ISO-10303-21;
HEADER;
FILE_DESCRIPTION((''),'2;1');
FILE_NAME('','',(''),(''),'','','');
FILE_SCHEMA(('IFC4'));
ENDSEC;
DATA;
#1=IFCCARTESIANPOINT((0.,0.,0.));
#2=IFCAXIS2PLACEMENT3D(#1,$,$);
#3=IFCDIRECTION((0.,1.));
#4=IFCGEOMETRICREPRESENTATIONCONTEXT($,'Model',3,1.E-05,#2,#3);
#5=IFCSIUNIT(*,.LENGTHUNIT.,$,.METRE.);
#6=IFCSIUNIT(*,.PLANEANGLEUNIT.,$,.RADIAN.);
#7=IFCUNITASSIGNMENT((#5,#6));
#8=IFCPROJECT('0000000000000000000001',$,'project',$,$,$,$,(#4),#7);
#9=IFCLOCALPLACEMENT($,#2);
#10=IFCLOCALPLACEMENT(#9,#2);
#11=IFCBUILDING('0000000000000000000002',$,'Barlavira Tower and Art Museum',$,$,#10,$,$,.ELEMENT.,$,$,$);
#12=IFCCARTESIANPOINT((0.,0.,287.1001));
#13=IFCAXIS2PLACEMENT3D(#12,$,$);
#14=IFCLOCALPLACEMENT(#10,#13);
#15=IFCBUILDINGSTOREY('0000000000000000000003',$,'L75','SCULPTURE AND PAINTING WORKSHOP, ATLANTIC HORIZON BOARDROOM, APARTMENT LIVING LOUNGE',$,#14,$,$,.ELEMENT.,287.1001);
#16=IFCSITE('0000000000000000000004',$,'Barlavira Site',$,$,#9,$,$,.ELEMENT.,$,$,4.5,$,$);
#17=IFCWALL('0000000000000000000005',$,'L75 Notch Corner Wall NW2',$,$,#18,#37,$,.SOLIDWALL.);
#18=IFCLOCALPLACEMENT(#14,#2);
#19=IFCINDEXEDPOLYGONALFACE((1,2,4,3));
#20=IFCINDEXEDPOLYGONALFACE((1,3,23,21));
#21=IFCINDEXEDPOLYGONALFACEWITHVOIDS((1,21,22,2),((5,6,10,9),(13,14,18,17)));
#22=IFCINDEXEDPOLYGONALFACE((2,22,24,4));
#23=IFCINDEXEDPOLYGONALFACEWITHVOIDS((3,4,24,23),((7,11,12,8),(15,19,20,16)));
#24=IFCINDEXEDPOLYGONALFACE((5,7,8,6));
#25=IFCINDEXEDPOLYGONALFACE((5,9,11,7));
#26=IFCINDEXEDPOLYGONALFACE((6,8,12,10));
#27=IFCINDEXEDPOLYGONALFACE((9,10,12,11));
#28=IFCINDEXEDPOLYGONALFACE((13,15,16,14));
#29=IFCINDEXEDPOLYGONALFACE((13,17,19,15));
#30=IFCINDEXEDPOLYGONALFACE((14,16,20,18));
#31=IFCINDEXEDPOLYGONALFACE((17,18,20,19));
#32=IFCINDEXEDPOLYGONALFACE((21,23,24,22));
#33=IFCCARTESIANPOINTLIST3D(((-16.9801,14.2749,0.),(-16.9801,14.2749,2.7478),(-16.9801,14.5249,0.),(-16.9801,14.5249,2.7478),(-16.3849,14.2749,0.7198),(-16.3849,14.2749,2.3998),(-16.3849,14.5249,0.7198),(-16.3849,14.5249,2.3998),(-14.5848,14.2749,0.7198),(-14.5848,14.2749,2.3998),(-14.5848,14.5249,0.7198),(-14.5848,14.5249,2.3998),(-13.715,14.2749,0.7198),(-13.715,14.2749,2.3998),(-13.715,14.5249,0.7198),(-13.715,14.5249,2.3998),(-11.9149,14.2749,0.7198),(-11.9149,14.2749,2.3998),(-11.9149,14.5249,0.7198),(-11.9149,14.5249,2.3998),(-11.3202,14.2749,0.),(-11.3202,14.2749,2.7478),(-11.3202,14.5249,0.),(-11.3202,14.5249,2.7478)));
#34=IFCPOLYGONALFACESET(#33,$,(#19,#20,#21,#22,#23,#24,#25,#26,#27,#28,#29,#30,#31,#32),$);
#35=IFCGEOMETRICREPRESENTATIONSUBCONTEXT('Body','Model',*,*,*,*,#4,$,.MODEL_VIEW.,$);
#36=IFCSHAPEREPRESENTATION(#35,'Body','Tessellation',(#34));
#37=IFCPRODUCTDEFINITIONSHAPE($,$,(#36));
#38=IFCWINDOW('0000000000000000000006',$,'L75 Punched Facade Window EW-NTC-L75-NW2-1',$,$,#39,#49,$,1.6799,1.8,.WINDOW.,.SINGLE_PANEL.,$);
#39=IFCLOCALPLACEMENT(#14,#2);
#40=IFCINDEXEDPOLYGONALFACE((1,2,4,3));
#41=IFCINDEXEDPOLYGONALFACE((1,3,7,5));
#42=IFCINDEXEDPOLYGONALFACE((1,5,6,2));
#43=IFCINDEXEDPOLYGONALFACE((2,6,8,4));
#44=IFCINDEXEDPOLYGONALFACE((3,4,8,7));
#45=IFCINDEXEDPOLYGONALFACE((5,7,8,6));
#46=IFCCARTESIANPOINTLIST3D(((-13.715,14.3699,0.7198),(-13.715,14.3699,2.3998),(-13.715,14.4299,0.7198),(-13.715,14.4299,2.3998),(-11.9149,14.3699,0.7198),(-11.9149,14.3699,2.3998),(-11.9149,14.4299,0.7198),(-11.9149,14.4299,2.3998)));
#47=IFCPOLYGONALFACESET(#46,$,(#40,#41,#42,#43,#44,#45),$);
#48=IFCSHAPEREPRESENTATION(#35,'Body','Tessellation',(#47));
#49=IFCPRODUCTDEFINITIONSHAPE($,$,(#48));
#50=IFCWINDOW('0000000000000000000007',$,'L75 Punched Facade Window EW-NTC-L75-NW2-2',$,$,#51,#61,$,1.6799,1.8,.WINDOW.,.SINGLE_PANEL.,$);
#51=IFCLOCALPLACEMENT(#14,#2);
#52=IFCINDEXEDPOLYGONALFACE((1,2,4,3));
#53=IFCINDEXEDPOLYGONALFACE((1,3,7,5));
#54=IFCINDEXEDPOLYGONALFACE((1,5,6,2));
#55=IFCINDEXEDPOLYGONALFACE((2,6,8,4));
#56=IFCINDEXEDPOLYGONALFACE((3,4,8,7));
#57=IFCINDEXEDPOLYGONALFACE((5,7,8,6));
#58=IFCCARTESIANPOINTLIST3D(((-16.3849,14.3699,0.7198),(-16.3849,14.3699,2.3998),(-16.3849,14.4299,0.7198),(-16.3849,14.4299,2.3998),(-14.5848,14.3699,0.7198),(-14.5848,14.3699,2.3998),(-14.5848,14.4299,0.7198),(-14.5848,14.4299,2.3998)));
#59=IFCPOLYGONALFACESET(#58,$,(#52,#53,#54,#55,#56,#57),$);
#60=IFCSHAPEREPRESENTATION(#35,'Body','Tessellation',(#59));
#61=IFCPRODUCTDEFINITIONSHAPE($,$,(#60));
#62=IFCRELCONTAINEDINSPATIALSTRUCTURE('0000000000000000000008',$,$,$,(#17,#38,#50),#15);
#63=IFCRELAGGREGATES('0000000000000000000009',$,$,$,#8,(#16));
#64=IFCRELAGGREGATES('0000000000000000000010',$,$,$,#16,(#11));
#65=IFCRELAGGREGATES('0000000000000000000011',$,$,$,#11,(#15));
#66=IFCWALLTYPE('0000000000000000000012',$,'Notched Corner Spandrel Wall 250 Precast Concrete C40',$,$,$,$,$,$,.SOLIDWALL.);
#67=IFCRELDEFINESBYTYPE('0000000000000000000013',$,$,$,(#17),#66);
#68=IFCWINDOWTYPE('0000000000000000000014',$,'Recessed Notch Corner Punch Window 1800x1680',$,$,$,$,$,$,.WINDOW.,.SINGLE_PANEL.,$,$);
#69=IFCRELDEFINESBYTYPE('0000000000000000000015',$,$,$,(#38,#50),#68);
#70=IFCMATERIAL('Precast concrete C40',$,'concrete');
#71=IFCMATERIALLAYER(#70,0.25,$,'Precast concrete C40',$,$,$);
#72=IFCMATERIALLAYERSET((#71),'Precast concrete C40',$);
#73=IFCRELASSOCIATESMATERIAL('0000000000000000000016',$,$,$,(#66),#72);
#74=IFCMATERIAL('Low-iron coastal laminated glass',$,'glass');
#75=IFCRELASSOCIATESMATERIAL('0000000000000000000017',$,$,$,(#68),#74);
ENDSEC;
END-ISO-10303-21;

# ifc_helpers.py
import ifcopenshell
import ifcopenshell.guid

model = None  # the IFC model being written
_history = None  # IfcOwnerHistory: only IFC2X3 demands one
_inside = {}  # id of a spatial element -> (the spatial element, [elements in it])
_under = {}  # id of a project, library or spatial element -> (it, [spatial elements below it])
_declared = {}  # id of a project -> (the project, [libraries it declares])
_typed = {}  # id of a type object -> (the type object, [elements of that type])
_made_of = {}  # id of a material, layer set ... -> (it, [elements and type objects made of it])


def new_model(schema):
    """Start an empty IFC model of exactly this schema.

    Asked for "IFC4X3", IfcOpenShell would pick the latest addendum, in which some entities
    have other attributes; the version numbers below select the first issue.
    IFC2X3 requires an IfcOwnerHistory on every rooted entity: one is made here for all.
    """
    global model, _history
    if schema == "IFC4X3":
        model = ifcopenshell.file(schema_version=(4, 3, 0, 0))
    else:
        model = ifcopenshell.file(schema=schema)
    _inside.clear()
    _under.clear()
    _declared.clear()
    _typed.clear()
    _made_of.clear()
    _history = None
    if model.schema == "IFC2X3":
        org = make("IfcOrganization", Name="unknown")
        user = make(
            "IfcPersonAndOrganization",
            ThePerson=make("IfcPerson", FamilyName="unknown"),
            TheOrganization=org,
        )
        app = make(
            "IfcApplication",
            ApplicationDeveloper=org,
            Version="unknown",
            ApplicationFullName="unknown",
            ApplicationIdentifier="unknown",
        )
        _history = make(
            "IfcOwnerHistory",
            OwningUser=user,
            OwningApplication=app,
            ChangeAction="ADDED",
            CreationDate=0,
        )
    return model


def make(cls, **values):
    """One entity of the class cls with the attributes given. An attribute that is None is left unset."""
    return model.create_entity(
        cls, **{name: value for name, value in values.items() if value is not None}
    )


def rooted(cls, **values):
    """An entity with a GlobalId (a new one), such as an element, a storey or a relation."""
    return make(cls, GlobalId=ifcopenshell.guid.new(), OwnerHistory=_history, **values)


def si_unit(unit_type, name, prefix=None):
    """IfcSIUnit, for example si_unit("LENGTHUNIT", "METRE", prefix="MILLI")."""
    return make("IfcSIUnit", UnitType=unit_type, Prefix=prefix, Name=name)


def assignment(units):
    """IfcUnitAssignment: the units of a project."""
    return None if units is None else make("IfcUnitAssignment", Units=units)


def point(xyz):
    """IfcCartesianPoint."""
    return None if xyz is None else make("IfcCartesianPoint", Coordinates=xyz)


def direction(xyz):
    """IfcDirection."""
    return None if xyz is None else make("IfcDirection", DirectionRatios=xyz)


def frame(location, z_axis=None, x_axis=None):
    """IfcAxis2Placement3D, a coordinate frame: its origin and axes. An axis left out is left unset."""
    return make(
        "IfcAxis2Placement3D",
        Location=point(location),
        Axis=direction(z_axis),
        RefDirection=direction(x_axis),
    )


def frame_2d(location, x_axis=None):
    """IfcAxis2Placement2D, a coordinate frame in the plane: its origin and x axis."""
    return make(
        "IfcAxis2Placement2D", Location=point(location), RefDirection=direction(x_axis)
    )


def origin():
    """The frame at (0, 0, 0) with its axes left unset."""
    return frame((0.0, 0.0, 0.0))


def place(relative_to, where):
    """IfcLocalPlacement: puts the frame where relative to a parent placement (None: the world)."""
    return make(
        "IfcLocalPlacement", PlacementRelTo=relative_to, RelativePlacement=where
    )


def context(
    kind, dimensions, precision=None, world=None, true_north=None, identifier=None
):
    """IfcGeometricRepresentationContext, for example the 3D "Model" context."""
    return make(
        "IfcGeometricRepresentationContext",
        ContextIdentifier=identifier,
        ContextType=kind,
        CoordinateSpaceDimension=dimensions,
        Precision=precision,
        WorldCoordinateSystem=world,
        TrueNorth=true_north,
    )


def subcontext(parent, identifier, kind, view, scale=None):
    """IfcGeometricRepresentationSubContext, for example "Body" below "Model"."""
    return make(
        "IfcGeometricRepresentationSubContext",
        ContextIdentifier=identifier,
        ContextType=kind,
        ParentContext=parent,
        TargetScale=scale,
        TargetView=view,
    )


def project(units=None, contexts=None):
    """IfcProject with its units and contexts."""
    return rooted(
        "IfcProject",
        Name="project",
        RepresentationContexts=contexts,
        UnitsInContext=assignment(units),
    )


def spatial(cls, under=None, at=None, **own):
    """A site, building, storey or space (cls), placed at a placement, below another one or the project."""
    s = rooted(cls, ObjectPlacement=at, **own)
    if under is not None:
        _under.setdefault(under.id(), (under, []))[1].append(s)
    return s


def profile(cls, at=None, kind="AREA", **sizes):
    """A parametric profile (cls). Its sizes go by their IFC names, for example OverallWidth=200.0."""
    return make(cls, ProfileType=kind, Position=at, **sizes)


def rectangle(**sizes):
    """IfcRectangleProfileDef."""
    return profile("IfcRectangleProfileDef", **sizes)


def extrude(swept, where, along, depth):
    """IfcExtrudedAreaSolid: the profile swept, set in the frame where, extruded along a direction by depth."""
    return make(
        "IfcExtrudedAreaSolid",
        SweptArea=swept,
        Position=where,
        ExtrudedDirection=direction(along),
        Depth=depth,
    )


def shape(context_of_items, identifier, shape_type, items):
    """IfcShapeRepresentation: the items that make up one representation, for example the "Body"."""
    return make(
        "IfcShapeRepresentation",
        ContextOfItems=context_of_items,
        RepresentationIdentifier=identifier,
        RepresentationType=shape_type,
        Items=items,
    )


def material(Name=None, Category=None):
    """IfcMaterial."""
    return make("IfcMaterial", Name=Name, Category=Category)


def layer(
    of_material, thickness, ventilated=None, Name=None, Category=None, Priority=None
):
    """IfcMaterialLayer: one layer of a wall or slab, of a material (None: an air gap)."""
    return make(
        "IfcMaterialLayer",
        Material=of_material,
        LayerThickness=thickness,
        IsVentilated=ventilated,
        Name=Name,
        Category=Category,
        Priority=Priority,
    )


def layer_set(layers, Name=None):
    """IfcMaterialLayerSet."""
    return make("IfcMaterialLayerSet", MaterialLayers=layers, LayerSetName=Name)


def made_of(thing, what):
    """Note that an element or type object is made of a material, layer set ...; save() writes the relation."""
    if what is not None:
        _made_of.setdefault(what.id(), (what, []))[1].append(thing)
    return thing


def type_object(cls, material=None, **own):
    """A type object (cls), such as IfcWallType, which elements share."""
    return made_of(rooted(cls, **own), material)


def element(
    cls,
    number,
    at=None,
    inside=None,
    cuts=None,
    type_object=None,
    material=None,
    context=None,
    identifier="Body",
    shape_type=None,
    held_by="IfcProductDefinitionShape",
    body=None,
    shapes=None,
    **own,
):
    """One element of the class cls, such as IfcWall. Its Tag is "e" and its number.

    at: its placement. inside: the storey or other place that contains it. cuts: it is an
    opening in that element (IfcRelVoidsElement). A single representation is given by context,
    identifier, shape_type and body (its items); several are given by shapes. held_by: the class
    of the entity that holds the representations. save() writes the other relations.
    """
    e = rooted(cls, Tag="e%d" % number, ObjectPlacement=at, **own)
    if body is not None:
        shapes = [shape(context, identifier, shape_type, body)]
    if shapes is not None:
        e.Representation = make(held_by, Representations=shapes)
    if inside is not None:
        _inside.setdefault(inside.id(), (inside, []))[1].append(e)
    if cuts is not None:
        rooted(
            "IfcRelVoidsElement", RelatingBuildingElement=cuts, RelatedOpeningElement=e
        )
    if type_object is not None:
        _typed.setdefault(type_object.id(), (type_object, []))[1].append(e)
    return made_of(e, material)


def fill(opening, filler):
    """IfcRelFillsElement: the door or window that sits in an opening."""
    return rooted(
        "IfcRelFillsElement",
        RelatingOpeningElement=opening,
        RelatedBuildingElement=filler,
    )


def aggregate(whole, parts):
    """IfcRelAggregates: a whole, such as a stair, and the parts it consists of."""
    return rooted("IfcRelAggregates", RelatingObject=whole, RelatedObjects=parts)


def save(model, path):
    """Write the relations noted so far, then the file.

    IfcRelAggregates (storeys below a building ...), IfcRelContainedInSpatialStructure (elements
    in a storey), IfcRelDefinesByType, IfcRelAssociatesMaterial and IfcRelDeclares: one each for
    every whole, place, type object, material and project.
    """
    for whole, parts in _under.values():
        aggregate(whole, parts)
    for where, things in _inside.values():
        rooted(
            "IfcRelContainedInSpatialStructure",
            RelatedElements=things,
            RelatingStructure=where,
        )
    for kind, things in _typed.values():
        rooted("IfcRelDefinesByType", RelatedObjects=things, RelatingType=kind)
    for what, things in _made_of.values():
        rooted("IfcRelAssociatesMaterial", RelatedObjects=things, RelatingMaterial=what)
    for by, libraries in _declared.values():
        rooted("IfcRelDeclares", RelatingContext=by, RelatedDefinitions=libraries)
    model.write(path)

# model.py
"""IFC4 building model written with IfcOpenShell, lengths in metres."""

from ifc_helpers import new_model, si_unit, direction, frame, frame_2d, origin, place, context, subcontext, project, spatial, rectangle, extrude, material, layer, layer_set, type_object, element, fill, save


model = new_model("IFC4")

# Units and contexts
model_context = context("Model", 3, precision=1e-05, world=origin(), true_north=direction((0.0, 1.0)))
body_context = subcontext(model_context, "Body", "Model", "MODEL_VIEW")
ifc_project = project(units=[si_unit("LENGTHUNIT", "METRE"), si_unit("PLANEANGLEUNIT", "RADIAN")], contexts=[model_context])

# Site, building, storey
site_placement = place(None, origin())
site = spatial("IfcSite", under=ifc_project, at=site_placement, Name="Barlavira Site", CompositionType="ELEMENT", RefElevation=4.5)
building_placement = place(site_placement, origin())
building = spatial("IfcBuilding", under=site, at=building_placement, Name="Barlavira Tower and Art Museum", CompositionType="ELEMENT")
storey_placement = place(building_placement, frame((0.0, 0.0, 287.1001)))
storey = spatial("IfcBuildingStorey", under=building, at=storey_placement, Name="L75", Description="SCULPTURE AND PAINTING WORKSHOP, ATLANTIC HORIZON BOARDROOM, APARTMENT LIVING LOUNGE", CompositionType="ELEMENT", Elevation=287.1001)

# Shared definitions
ifc_material_1 = material(Name="Precast concrete C40", Category="concrete")
ifc_layer_1 = layer(ifc_material_1, 0.25, Name="Precast concrete C40")
ifc_layer_set_1 = layer_set([ifc_layer_1], Name="Precast concrete C40")
wall_type_1 = type_object("IfcWallType", Name="Notched Corner Spandrel Wall 250 Precast Concrete C40", PredefinedType="SOLIDWALL", material=ifc_layer_set_1)
ifc_material_2 = material(Name="Low-iron coastal laminated glass", Category="glass")
window_type = type_object("IfcWindowType", Name="Recessed Notch Corner Punch Window 1800x1680", PartitioningType="SINGLE_PANEL", PredefinedType="WINDOW", material=ifc_material_2)

# Wall, openings, windows
wall_1_placement = place(storey_placement, frame((-11.3201, 14.3999, 0.0), z_axis=(0.0, 0.0, 1.0), x_axis=(-1.0, 0.0, 0.0)))
wall_1 = element("IfcWall", 1, at=wall_1_placement, inside=storey, type_object=wall_type_1, Name="L75 Notch Corner Wall NW2", PredefinedType="SOLIDWALL", context=body_context, shape_type="SweptSolid", body=[
    extrude(rectangle(XDim=5.6599, YDim=0.25, at=frame_2d((2.8301, 0.0))), origin(), (0.0, 0.0, 1.0), 2.7478),
])
opening_1_placement = place(wall_1_placement, frame((0.595, 0.0, 0.72)))
opening_1 = element("IfcOpeningElement", 2, at=opening_1_placement, cuts=wall_1, PredefinedType="OPENING", context=body_context, shape_type="SweptSolid", body=[
    extrude(rectangle(XDim=1.8, YDim=1.6799, at=frame_2d((0.8999, 0.8398))), frame((0.0, 0.135, 0.0), z_axis=(0.0, -1.0, 0.0), x_axis=(1.0, 0.0, 0.0)), (0.0, 0.0, 1.0), 0.27),
])
opening_2_placement = place(wall_1_placement, frame((3.2649, 0.0, 0.72)))
opening_2 = element("IfcOpeningElement", 3, at=opening_2_placement, cuts=wall_1, PredefinedType="OPENING", context=body_context, shape_type="SweptSolid", body=[
    extrude(rectangle(XDim=1.8, YDim=1.6799, at=frame_2d((0.8999, 0.8398))), frame((0.0, 0.135, 0.0), z_axis=(0.0, -1.0, 0.0), x_axis=(1.0, 0.0, 0.0)), (0.0, 0.0, 1.0), 0.27),
])
window_1_placement = place(opening_1_placement, origin())
window_1 = element("IfcWindow", 4, at=window_1_placement, inside=storey, type_object=window_type, Name="L75 Punched Facade Window EW-NTC-L75-NW2-1", OverallHeight=1.6799, OverallWidth=1.8, PartitioningType="SINGLE_PANEL", PredefinedType="WINDOW", context=body_context, shape_type="SweptSolid", body=[
    extrude(rectangle(XDim=1.8, YDim=1.6799, at=frame_2d((0.8999, 0.8398))), frame((0.0, 0.03, 0.0), z_axis=(0.0, -1.0, 0.0), x_axis=(1.0, 0.0, 0.0)), (0.0, 0.0, 1.0), 0.0601),
])
fill(opening_1, window_1)
window_2_placement = place(opening_2_placement, origin())
window_2 = element("IfcWindow", 5, at=window_2_placement, inside=storey, type_object=window_type, Name="L75 Punched Facade Window EW-NTC-L75-NW2-2", OverallHeight=1.6799, OverallWidth=1.8, PartitioningType="SINGLE_PANEL", PredefinedType="WINDOW", context=body_context, shape_type="SweptSolid", body=[
    extrude(rectangle(XDim=1.8, YDim=1.6799, at=frame_2d((0.8999, 0.8398))), frame((0.0, 0.03, 0.0), z_axis=(0.0, -1.0, 0.0), x_axis=(1.0, 0.0, 0.0)), (0.0, 0.0, 1.0), 0.0601),
])
fill(opening_2, window_2)

save(model, "model.ifc")
